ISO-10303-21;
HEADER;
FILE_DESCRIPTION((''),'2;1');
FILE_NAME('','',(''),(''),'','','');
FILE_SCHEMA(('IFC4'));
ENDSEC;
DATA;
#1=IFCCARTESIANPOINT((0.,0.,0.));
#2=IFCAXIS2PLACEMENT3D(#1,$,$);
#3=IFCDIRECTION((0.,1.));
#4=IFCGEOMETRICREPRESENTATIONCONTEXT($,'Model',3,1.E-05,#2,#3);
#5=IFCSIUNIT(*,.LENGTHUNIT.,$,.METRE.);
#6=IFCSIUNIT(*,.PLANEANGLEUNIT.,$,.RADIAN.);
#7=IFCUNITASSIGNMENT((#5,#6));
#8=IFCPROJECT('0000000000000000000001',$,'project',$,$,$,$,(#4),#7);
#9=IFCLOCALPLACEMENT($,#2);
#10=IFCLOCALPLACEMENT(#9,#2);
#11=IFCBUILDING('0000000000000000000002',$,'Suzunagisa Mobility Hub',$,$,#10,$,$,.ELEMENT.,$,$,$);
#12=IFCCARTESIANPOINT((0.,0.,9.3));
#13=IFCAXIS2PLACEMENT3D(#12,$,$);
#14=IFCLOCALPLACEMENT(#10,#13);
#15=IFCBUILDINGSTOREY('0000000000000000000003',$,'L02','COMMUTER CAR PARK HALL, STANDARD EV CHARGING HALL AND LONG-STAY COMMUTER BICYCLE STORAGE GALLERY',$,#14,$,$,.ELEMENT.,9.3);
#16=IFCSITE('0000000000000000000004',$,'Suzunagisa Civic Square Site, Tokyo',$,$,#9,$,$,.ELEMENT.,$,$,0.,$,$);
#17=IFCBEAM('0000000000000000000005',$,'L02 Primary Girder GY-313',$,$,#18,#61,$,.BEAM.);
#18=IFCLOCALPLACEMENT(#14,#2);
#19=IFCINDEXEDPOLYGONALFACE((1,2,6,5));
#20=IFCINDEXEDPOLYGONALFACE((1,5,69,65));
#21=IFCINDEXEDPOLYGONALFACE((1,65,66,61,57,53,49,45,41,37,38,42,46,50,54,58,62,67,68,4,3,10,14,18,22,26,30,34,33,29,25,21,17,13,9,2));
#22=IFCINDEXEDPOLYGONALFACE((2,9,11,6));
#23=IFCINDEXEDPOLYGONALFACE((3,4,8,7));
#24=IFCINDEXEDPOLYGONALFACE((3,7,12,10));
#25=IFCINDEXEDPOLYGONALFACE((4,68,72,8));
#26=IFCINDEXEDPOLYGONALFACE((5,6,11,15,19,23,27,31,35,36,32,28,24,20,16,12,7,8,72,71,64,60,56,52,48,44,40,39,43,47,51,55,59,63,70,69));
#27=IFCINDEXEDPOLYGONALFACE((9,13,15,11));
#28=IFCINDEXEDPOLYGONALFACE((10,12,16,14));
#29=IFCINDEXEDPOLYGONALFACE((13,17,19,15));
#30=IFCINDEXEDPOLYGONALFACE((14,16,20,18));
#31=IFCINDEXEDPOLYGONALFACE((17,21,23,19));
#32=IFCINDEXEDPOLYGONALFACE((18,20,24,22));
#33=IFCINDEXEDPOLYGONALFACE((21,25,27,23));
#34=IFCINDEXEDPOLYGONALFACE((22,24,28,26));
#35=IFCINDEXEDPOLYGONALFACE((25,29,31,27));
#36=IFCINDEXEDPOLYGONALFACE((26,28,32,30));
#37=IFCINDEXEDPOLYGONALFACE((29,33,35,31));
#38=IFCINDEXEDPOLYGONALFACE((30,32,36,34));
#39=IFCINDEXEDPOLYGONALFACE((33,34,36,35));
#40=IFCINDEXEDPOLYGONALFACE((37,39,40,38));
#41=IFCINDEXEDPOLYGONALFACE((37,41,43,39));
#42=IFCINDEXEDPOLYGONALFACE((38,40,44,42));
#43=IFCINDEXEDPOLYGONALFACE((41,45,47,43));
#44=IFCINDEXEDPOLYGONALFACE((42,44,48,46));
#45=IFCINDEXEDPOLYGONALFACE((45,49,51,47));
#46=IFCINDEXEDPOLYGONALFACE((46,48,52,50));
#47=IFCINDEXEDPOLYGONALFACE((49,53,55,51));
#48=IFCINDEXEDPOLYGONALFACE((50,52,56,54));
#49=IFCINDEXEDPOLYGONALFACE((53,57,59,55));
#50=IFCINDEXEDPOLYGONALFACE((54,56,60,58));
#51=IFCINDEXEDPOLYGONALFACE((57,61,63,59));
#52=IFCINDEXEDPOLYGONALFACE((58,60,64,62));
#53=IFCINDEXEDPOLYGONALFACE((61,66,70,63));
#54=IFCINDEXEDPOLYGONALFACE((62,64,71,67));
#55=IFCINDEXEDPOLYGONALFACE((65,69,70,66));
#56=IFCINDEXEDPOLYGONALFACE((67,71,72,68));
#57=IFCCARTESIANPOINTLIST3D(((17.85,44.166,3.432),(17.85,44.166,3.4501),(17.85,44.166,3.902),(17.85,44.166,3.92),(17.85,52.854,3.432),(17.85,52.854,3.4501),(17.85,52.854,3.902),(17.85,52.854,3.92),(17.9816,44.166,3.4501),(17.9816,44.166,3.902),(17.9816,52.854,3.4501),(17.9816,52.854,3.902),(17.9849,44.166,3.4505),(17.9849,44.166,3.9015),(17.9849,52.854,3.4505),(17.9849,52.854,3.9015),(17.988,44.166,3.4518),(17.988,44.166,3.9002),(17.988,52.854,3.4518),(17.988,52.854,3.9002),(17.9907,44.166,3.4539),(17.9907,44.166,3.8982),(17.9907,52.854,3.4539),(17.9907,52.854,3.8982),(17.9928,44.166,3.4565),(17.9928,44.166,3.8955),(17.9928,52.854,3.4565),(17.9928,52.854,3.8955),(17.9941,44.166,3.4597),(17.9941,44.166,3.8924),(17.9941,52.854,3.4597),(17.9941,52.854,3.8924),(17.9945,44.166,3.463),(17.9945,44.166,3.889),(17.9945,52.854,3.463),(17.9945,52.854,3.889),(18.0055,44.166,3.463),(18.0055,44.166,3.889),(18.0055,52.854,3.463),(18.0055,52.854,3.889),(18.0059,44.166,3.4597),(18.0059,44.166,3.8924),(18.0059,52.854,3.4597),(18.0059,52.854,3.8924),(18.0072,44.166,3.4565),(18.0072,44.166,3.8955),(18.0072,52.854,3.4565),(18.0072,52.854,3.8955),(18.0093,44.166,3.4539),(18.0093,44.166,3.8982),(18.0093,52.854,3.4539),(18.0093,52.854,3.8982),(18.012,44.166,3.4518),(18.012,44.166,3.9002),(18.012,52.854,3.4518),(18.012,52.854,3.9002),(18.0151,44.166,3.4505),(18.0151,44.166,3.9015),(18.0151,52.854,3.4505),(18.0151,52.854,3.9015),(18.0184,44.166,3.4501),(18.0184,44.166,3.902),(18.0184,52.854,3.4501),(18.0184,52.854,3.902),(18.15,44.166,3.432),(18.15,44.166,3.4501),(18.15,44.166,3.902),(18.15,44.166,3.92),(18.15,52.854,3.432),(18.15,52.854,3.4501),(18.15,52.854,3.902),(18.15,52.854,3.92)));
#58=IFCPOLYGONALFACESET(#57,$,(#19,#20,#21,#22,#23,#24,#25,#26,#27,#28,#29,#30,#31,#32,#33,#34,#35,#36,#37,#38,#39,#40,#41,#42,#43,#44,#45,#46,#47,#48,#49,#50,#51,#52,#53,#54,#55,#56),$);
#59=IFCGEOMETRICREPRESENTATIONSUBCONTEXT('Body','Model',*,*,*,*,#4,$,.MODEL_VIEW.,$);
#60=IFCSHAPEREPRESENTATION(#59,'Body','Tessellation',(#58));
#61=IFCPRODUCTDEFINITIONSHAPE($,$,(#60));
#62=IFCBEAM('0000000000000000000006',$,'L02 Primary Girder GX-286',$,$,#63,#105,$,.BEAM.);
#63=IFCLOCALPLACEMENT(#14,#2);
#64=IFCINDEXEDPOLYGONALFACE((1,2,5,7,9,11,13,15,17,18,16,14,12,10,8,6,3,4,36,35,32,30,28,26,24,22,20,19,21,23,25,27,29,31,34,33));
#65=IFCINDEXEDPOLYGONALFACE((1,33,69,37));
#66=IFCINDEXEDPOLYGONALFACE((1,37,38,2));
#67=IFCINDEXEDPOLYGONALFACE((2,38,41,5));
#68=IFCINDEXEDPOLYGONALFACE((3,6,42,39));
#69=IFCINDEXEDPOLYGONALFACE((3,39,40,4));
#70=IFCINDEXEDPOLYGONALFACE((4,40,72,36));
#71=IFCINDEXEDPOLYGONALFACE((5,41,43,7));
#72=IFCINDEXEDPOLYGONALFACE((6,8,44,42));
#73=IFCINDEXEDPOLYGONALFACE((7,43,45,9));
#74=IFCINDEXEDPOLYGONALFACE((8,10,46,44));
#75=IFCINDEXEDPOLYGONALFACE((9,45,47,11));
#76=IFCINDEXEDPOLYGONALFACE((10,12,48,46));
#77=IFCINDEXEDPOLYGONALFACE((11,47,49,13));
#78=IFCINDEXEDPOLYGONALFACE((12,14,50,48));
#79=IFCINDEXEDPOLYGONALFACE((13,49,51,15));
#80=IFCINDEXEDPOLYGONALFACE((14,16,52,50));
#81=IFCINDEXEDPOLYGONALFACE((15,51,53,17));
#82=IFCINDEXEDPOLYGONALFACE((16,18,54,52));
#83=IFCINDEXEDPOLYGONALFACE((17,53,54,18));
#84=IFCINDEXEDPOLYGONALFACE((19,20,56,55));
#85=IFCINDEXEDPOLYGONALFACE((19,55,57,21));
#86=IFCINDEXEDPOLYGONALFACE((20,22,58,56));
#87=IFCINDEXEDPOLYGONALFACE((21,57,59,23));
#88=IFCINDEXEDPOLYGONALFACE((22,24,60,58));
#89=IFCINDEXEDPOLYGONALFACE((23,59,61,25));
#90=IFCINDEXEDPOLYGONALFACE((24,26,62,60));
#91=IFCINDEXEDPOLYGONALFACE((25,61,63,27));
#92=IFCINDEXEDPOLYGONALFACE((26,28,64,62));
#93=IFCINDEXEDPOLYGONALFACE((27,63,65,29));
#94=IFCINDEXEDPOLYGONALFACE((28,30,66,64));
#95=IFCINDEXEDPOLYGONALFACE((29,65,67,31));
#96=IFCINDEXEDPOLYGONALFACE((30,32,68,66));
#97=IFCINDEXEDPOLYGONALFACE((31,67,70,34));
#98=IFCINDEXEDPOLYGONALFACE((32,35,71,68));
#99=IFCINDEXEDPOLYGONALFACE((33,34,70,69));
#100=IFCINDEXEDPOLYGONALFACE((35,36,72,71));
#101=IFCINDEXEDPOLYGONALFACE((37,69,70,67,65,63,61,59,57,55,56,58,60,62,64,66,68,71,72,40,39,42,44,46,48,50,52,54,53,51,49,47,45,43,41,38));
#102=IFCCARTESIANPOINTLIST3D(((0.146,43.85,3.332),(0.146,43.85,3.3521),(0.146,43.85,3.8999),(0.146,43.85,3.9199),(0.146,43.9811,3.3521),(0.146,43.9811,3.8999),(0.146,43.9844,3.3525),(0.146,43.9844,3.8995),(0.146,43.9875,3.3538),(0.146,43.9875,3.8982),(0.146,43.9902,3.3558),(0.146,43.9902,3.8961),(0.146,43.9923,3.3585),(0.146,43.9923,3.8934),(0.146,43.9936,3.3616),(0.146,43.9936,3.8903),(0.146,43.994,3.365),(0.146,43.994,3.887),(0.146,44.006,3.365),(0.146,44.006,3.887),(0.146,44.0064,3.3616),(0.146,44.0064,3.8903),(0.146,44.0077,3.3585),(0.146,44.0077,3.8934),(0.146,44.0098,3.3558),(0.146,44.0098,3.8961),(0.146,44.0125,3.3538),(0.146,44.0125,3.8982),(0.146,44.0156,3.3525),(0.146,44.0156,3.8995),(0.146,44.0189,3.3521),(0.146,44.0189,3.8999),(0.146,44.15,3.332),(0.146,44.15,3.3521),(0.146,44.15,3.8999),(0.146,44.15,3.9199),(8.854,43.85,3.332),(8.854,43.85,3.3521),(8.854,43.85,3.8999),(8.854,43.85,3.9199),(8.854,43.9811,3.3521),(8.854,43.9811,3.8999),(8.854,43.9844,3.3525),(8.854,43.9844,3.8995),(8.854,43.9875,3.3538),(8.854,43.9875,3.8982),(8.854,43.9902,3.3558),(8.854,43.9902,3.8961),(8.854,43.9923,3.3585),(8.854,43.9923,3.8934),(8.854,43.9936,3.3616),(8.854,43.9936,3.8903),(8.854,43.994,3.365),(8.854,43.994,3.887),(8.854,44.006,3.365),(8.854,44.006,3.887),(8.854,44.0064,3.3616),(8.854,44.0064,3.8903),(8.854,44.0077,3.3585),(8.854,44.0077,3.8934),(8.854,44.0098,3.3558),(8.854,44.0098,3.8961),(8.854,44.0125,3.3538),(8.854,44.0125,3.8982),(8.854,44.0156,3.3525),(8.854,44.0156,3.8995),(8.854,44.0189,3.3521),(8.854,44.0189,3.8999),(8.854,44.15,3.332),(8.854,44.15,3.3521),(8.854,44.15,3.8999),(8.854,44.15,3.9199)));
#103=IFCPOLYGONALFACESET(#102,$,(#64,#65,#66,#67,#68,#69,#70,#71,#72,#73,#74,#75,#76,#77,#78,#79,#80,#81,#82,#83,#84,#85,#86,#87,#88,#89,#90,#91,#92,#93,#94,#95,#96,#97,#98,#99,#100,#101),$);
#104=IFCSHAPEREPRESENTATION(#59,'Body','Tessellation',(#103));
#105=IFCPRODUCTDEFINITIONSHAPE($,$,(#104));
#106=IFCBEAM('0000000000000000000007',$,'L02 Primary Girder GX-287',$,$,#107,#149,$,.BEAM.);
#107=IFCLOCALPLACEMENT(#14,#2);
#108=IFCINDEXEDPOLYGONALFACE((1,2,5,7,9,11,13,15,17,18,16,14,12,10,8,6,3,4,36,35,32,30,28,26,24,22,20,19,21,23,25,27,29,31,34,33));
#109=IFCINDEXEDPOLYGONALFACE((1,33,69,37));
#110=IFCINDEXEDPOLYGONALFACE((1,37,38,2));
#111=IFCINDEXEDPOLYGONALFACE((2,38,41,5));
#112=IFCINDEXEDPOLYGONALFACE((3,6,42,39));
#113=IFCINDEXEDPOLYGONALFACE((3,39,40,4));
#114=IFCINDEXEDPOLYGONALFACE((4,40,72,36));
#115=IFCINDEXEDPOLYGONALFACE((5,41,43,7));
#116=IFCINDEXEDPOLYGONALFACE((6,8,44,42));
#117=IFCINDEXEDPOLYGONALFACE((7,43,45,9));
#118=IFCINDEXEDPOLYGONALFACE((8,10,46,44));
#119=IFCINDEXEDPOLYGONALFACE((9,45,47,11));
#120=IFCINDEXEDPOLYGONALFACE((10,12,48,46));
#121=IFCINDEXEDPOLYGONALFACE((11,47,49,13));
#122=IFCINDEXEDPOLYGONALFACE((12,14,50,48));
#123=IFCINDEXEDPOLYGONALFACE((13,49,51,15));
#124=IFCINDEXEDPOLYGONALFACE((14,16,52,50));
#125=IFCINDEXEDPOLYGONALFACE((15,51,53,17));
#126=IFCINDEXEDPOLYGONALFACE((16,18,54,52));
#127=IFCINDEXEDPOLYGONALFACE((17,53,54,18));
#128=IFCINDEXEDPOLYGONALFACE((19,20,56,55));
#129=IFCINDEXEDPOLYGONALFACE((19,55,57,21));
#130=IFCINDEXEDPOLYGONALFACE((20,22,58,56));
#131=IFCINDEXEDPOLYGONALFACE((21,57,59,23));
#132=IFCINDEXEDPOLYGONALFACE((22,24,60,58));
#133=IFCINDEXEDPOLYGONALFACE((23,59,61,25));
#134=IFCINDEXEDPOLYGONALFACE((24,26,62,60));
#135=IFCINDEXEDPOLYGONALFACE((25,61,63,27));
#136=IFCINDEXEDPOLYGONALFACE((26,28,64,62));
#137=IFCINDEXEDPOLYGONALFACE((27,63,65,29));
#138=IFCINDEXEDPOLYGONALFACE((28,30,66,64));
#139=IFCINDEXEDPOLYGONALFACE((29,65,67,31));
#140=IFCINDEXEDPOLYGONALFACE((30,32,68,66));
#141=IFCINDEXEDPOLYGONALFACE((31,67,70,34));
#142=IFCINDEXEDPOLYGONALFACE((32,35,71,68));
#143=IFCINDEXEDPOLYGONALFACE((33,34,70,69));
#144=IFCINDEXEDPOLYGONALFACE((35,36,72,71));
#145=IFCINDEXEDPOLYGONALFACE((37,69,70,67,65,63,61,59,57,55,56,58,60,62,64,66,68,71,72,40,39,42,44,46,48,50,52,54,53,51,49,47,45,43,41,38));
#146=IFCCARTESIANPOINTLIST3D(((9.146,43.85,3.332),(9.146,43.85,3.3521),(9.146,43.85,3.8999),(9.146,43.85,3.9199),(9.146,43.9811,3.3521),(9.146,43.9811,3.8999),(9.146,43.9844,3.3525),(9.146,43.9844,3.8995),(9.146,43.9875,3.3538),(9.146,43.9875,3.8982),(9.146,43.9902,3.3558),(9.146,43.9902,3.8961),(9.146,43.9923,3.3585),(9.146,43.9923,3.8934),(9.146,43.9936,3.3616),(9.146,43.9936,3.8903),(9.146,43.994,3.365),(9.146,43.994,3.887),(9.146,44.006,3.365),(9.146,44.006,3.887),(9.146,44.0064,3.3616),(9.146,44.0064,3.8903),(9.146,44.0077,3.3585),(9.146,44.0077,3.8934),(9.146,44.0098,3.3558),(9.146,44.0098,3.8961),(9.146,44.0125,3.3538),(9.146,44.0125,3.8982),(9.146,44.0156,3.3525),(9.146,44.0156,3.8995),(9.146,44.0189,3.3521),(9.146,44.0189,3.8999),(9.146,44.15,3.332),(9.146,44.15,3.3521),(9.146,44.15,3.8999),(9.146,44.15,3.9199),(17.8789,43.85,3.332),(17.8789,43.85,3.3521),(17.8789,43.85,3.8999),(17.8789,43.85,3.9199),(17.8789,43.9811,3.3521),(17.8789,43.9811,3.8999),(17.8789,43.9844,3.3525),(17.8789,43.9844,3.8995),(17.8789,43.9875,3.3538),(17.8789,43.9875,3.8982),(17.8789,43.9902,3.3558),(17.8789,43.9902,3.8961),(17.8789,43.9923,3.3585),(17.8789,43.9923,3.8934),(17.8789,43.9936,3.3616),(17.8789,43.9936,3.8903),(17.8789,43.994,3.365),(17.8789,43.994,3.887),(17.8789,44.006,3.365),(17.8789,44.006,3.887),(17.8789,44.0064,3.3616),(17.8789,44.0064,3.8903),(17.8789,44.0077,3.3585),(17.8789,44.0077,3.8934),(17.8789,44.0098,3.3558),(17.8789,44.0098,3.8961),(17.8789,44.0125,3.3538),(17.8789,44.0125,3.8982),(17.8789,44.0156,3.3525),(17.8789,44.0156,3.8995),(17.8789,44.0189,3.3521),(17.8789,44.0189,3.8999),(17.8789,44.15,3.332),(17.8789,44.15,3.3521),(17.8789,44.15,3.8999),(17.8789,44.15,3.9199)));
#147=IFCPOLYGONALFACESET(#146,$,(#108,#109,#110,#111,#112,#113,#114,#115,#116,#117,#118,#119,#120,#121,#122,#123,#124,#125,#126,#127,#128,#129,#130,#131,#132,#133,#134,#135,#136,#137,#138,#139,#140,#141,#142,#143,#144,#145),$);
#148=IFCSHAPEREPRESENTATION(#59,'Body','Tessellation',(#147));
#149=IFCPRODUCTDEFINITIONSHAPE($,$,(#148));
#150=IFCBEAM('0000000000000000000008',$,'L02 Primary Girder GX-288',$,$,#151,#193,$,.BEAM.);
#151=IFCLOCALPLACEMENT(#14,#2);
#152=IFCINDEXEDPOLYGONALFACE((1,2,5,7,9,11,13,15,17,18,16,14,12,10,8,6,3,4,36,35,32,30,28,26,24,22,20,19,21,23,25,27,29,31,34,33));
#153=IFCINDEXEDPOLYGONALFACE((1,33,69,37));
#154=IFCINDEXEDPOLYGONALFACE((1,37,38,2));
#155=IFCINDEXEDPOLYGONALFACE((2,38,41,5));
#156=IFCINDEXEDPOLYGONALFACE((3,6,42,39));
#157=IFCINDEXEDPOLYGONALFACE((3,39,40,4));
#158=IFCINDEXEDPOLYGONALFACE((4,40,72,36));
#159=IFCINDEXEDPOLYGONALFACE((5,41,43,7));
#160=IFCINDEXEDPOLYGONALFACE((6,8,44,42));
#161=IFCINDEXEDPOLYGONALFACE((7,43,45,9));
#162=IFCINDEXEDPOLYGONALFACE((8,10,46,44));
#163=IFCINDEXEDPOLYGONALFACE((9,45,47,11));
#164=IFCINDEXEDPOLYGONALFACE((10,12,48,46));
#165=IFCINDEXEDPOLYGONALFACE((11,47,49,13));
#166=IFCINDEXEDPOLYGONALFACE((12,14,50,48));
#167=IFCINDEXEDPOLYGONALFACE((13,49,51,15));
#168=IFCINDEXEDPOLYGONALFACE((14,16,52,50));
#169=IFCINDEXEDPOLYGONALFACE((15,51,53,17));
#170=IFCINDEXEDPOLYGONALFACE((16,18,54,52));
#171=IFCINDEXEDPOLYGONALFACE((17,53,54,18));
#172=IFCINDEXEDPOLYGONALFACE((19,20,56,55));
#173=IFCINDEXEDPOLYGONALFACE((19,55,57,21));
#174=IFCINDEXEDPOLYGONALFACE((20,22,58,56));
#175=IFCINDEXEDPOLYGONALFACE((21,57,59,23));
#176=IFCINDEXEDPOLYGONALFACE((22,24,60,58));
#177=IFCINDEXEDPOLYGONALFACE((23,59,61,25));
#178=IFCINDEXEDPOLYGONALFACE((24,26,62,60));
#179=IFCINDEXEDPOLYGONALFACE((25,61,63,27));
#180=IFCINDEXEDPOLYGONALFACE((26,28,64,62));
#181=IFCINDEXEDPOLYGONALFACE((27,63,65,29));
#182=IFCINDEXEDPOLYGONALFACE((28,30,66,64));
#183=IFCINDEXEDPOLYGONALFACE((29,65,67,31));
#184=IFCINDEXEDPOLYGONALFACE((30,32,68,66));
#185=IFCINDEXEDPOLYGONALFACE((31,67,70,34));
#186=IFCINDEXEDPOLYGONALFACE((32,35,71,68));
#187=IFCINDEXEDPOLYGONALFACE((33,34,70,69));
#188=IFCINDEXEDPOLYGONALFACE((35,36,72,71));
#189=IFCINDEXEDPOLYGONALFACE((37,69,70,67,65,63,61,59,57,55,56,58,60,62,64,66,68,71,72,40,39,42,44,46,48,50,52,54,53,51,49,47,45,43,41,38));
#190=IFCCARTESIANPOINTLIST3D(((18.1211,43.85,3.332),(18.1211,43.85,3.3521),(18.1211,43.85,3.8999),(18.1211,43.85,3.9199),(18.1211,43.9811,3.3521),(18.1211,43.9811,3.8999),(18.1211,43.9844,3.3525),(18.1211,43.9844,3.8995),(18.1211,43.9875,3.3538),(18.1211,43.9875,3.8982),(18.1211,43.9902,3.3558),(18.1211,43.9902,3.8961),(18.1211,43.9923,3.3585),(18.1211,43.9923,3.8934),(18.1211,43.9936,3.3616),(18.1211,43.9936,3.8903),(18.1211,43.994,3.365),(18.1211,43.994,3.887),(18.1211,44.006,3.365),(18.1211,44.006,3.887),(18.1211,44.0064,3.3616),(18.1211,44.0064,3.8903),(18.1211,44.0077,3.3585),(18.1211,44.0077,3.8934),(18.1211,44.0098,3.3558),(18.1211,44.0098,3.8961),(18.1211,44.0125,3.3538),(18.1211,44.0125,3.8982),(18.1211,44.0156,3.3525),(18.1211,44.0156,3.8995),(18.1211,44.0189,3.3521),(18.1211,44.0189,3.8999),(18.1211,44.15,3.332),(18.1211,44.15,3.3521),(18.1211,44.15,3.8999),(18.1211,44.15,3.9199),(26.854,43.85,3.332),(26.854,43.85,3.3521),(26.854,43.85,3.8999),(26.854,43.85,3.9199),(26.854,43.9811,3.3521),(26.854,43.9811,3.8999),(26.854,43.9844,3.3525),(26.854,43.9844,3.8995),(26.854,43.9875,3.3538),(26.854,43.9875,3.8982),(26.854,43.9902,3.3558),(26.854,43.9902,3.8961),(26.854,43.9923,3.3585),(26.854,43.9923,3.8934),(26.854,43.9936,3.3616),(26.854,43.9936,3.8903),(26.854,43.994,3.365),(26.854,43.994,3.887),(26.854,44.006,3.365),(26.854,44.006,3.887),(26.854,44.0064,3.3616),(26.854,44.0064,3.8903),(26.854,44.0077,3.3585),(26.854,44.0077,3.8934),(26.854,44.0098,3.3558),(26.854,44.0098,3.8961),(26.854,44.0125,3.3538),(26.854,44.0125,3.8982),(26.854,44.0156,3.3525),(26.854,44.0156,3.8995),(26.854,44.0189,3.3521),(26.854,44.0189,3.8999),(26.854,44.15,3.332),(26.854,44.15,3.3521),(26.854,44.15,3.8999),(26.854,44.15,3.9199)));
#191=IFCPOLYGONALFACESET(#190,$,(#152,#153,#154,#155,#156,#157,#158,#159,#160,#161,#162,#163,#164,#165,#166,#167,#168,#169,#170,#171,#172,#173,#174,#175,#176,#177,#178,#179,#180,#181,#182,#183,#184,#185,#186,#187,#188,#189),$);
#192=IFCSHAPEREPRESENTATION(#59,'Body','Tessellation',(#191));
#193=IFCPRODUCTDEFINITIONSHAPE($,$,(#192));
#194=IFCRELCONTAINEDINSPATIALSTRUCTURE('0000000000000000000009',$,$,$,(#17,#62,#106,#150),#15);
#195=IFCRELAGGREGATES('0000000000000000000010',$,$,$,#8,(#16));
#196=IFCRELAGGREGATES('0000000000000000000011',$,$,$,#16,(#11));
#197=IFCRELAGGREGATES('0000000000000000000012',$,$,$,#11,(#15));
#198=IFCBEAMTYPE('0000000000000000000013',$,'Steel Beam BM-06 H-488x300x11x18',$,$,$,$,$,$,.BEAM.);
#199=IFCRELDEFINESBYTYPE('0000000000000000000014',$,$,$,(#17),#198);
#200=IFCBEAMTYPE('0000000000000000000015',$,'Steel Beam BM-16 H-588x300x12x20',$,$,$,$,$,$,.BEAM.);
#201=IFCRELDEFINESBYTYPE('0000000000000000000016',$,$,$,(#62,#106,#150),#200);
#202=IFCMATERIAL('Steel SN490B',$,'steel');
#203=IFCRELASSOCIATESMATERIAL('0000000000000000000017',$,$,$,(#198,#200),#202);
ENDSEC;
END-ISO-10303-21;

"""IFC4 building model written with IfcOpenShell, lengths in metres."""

from ifc_helpers import new_model, si_unit, direction, frame, origin, origin_2d, place, context, subcontext, project, spatial, i_section, extrude, material, material_profile, profile_set, type_object, element, save


model = new_model("IFC4")

# Units and contexts
model_context = context("Model", 3, precision=1e-05, world=origin(), true_north=direction((0.0, 1.0)))
body_context = subcontext(model_context, "Body", "Model", "MODEL_VIEW")
ifc_project = project(units=[si_unit("LENGTHUNIT", "METRE"), si_unit("PLANEANGLEUNIT", "RADIAN")], contexts=[model_context])

# Site, building, storey
site_placement = place(None, origin())
site = spatial("IfcSite", under=ifc_project, at=site_placement, Name="Suzunagisa Civic Square Site, Tokyo", CompositionType="ELEMENT", RefElevation=0.0)
building_placement = place(site_placement, origin())
building = spatial("IfcBuilding", under=site, at=building_placement, Name="Suzunagisa Mobility Hub", CompositionType="ELEMENT")
storey_placement = place(building_placement, frame((0.0, 0.0, 9.3)))
storey = spatial("IfcBuildingStorey", under=building, at=storey_placement, Name="L02", Description="COMMUTER CAR PARK HALL, STANDARD EV CHARGING HALL AND LONG-STAY COMMUTER BICYCLE STORAGE GALLERY", CompositionType="ELEMENT", Elevation=9.3)

# Shared definitions
ifc_material_1 = material(Name="Steel SN490B", Category="steel")

# Beams
ifc_material_profile_1 = material_profile(ifc_material_1, i_section(OverallWidth=0.3, OverallDepth=0.488, WebThickness=0.011, FlangeThickness=0.0181, FilletRadius=0.0129, at=origin_2d()), Name="H-488x300x11x18")
ifc_profile_set_1 = profile_set([ifc_material_profile_1], Name="Steel SN490B")
beam_type_1 = type_object("IfcBeamType", Name="Steel Beam BM-06 H-488x300x11x18", PredefinedType="BEAM", material=ifc_profile_set_1)
for number, where, z_axis, x_axis, name in (
    (1, (18.0, 44.166, 3.676), (0.0, 1.0, 0.0), (-1.0, 0.0, 0.0), "L02 Primary Girder GY-313"),
):
    element("IfcBeam", number, at=place(storey_placement, frame(where, z_axis=z_axis, x_axis=x_axis)), inside=storey, type_object=beam_type_1, Name=name, PredefinedType="BEAM", context=body_context, shape_type="SweptSolid", body=[
        extrude(i_section(OverallWidth=0.3, OverallDepth=0.488, WebThickness=0.011, FlangeThickness=0.0181, FilletRadius=0.0129, at=origin_2d()), origin(), (0.0, 0.0, 1.0), 8.688),
    ])
ifc_material_profile_2 = material_profile(ifc_material_1, i_section(OverallWidth=0.3, OverallDepth=0.5879, WebThickness=0.012, FlangeThickness=0.02, FilletRadius=0.0129, at=origin_2d()), Name="H-588x300x12x20")
ifc_profile_set_2 = profile_set([ifc_material_profile_2], Name="Steel SN490B")
beam_type_2 = type_object("IfcBeamType", Name="Steel Beam BM-16 H-588x300x12x20", PredefinedType="BEAM", material=ifc_profile_set_2)
beam_1_placement = place(storey_placement, frame((0.146, 44.0, 3.626), z_axis=(1.0, 0.0, 0.0), x_axis=(0.0, 1.0, 0.0)))
element("IfcBeam", 2, at=beam_1_placement, inside=storey, type_object=beam_type_2, Name="L02 Primary Girder GX-286", PredefinedType="BEAM", context=body_context, shape_type="SweptSolid", body=[
    extrude(i_section(OverallWidth=0.3, OverallDepth=0.5879, WebThickness=0.012, FlangeThickness=0.02, FilletRadius=0.0129, at=origin_2d()), origin(), (0.0, 0.0, 1.0), 8.708),
])
for number, where, z_axis, x_axis, name in (
    (3, (9.146, 44.0, 3.626), (1.0, 0.0, 0.0), (0.0, 1.0, 0.0), "L02 Primary Girder GX-287"),
    (4, (18.1211, 44.0, 3.626), (1.0, 0.0, 0.0), (0.0, 1.0, 0.0), "L02 Primary Girder GX-288"),
):
    element("IfcBeam", number, at=place(storey_placement, frame(where, z_axis=z_axis, x_axis=x_axis)), inside=storey, type_object=beam_type_2, Name=name, PredefinedType="BEAM", context=body_context, shape_type="SweptSolid", body=[
        extrude(i_section(OverallWidth=0.3, OverallDepth=0.5879, WebThickness=0.012, FlangeThickness=0.02, FilletRadius=0.0129, at=origin_2d()), origin(), (0.0, 0.0, 1.0), 8.7329),
    ])

save(model, "model.ifc")
